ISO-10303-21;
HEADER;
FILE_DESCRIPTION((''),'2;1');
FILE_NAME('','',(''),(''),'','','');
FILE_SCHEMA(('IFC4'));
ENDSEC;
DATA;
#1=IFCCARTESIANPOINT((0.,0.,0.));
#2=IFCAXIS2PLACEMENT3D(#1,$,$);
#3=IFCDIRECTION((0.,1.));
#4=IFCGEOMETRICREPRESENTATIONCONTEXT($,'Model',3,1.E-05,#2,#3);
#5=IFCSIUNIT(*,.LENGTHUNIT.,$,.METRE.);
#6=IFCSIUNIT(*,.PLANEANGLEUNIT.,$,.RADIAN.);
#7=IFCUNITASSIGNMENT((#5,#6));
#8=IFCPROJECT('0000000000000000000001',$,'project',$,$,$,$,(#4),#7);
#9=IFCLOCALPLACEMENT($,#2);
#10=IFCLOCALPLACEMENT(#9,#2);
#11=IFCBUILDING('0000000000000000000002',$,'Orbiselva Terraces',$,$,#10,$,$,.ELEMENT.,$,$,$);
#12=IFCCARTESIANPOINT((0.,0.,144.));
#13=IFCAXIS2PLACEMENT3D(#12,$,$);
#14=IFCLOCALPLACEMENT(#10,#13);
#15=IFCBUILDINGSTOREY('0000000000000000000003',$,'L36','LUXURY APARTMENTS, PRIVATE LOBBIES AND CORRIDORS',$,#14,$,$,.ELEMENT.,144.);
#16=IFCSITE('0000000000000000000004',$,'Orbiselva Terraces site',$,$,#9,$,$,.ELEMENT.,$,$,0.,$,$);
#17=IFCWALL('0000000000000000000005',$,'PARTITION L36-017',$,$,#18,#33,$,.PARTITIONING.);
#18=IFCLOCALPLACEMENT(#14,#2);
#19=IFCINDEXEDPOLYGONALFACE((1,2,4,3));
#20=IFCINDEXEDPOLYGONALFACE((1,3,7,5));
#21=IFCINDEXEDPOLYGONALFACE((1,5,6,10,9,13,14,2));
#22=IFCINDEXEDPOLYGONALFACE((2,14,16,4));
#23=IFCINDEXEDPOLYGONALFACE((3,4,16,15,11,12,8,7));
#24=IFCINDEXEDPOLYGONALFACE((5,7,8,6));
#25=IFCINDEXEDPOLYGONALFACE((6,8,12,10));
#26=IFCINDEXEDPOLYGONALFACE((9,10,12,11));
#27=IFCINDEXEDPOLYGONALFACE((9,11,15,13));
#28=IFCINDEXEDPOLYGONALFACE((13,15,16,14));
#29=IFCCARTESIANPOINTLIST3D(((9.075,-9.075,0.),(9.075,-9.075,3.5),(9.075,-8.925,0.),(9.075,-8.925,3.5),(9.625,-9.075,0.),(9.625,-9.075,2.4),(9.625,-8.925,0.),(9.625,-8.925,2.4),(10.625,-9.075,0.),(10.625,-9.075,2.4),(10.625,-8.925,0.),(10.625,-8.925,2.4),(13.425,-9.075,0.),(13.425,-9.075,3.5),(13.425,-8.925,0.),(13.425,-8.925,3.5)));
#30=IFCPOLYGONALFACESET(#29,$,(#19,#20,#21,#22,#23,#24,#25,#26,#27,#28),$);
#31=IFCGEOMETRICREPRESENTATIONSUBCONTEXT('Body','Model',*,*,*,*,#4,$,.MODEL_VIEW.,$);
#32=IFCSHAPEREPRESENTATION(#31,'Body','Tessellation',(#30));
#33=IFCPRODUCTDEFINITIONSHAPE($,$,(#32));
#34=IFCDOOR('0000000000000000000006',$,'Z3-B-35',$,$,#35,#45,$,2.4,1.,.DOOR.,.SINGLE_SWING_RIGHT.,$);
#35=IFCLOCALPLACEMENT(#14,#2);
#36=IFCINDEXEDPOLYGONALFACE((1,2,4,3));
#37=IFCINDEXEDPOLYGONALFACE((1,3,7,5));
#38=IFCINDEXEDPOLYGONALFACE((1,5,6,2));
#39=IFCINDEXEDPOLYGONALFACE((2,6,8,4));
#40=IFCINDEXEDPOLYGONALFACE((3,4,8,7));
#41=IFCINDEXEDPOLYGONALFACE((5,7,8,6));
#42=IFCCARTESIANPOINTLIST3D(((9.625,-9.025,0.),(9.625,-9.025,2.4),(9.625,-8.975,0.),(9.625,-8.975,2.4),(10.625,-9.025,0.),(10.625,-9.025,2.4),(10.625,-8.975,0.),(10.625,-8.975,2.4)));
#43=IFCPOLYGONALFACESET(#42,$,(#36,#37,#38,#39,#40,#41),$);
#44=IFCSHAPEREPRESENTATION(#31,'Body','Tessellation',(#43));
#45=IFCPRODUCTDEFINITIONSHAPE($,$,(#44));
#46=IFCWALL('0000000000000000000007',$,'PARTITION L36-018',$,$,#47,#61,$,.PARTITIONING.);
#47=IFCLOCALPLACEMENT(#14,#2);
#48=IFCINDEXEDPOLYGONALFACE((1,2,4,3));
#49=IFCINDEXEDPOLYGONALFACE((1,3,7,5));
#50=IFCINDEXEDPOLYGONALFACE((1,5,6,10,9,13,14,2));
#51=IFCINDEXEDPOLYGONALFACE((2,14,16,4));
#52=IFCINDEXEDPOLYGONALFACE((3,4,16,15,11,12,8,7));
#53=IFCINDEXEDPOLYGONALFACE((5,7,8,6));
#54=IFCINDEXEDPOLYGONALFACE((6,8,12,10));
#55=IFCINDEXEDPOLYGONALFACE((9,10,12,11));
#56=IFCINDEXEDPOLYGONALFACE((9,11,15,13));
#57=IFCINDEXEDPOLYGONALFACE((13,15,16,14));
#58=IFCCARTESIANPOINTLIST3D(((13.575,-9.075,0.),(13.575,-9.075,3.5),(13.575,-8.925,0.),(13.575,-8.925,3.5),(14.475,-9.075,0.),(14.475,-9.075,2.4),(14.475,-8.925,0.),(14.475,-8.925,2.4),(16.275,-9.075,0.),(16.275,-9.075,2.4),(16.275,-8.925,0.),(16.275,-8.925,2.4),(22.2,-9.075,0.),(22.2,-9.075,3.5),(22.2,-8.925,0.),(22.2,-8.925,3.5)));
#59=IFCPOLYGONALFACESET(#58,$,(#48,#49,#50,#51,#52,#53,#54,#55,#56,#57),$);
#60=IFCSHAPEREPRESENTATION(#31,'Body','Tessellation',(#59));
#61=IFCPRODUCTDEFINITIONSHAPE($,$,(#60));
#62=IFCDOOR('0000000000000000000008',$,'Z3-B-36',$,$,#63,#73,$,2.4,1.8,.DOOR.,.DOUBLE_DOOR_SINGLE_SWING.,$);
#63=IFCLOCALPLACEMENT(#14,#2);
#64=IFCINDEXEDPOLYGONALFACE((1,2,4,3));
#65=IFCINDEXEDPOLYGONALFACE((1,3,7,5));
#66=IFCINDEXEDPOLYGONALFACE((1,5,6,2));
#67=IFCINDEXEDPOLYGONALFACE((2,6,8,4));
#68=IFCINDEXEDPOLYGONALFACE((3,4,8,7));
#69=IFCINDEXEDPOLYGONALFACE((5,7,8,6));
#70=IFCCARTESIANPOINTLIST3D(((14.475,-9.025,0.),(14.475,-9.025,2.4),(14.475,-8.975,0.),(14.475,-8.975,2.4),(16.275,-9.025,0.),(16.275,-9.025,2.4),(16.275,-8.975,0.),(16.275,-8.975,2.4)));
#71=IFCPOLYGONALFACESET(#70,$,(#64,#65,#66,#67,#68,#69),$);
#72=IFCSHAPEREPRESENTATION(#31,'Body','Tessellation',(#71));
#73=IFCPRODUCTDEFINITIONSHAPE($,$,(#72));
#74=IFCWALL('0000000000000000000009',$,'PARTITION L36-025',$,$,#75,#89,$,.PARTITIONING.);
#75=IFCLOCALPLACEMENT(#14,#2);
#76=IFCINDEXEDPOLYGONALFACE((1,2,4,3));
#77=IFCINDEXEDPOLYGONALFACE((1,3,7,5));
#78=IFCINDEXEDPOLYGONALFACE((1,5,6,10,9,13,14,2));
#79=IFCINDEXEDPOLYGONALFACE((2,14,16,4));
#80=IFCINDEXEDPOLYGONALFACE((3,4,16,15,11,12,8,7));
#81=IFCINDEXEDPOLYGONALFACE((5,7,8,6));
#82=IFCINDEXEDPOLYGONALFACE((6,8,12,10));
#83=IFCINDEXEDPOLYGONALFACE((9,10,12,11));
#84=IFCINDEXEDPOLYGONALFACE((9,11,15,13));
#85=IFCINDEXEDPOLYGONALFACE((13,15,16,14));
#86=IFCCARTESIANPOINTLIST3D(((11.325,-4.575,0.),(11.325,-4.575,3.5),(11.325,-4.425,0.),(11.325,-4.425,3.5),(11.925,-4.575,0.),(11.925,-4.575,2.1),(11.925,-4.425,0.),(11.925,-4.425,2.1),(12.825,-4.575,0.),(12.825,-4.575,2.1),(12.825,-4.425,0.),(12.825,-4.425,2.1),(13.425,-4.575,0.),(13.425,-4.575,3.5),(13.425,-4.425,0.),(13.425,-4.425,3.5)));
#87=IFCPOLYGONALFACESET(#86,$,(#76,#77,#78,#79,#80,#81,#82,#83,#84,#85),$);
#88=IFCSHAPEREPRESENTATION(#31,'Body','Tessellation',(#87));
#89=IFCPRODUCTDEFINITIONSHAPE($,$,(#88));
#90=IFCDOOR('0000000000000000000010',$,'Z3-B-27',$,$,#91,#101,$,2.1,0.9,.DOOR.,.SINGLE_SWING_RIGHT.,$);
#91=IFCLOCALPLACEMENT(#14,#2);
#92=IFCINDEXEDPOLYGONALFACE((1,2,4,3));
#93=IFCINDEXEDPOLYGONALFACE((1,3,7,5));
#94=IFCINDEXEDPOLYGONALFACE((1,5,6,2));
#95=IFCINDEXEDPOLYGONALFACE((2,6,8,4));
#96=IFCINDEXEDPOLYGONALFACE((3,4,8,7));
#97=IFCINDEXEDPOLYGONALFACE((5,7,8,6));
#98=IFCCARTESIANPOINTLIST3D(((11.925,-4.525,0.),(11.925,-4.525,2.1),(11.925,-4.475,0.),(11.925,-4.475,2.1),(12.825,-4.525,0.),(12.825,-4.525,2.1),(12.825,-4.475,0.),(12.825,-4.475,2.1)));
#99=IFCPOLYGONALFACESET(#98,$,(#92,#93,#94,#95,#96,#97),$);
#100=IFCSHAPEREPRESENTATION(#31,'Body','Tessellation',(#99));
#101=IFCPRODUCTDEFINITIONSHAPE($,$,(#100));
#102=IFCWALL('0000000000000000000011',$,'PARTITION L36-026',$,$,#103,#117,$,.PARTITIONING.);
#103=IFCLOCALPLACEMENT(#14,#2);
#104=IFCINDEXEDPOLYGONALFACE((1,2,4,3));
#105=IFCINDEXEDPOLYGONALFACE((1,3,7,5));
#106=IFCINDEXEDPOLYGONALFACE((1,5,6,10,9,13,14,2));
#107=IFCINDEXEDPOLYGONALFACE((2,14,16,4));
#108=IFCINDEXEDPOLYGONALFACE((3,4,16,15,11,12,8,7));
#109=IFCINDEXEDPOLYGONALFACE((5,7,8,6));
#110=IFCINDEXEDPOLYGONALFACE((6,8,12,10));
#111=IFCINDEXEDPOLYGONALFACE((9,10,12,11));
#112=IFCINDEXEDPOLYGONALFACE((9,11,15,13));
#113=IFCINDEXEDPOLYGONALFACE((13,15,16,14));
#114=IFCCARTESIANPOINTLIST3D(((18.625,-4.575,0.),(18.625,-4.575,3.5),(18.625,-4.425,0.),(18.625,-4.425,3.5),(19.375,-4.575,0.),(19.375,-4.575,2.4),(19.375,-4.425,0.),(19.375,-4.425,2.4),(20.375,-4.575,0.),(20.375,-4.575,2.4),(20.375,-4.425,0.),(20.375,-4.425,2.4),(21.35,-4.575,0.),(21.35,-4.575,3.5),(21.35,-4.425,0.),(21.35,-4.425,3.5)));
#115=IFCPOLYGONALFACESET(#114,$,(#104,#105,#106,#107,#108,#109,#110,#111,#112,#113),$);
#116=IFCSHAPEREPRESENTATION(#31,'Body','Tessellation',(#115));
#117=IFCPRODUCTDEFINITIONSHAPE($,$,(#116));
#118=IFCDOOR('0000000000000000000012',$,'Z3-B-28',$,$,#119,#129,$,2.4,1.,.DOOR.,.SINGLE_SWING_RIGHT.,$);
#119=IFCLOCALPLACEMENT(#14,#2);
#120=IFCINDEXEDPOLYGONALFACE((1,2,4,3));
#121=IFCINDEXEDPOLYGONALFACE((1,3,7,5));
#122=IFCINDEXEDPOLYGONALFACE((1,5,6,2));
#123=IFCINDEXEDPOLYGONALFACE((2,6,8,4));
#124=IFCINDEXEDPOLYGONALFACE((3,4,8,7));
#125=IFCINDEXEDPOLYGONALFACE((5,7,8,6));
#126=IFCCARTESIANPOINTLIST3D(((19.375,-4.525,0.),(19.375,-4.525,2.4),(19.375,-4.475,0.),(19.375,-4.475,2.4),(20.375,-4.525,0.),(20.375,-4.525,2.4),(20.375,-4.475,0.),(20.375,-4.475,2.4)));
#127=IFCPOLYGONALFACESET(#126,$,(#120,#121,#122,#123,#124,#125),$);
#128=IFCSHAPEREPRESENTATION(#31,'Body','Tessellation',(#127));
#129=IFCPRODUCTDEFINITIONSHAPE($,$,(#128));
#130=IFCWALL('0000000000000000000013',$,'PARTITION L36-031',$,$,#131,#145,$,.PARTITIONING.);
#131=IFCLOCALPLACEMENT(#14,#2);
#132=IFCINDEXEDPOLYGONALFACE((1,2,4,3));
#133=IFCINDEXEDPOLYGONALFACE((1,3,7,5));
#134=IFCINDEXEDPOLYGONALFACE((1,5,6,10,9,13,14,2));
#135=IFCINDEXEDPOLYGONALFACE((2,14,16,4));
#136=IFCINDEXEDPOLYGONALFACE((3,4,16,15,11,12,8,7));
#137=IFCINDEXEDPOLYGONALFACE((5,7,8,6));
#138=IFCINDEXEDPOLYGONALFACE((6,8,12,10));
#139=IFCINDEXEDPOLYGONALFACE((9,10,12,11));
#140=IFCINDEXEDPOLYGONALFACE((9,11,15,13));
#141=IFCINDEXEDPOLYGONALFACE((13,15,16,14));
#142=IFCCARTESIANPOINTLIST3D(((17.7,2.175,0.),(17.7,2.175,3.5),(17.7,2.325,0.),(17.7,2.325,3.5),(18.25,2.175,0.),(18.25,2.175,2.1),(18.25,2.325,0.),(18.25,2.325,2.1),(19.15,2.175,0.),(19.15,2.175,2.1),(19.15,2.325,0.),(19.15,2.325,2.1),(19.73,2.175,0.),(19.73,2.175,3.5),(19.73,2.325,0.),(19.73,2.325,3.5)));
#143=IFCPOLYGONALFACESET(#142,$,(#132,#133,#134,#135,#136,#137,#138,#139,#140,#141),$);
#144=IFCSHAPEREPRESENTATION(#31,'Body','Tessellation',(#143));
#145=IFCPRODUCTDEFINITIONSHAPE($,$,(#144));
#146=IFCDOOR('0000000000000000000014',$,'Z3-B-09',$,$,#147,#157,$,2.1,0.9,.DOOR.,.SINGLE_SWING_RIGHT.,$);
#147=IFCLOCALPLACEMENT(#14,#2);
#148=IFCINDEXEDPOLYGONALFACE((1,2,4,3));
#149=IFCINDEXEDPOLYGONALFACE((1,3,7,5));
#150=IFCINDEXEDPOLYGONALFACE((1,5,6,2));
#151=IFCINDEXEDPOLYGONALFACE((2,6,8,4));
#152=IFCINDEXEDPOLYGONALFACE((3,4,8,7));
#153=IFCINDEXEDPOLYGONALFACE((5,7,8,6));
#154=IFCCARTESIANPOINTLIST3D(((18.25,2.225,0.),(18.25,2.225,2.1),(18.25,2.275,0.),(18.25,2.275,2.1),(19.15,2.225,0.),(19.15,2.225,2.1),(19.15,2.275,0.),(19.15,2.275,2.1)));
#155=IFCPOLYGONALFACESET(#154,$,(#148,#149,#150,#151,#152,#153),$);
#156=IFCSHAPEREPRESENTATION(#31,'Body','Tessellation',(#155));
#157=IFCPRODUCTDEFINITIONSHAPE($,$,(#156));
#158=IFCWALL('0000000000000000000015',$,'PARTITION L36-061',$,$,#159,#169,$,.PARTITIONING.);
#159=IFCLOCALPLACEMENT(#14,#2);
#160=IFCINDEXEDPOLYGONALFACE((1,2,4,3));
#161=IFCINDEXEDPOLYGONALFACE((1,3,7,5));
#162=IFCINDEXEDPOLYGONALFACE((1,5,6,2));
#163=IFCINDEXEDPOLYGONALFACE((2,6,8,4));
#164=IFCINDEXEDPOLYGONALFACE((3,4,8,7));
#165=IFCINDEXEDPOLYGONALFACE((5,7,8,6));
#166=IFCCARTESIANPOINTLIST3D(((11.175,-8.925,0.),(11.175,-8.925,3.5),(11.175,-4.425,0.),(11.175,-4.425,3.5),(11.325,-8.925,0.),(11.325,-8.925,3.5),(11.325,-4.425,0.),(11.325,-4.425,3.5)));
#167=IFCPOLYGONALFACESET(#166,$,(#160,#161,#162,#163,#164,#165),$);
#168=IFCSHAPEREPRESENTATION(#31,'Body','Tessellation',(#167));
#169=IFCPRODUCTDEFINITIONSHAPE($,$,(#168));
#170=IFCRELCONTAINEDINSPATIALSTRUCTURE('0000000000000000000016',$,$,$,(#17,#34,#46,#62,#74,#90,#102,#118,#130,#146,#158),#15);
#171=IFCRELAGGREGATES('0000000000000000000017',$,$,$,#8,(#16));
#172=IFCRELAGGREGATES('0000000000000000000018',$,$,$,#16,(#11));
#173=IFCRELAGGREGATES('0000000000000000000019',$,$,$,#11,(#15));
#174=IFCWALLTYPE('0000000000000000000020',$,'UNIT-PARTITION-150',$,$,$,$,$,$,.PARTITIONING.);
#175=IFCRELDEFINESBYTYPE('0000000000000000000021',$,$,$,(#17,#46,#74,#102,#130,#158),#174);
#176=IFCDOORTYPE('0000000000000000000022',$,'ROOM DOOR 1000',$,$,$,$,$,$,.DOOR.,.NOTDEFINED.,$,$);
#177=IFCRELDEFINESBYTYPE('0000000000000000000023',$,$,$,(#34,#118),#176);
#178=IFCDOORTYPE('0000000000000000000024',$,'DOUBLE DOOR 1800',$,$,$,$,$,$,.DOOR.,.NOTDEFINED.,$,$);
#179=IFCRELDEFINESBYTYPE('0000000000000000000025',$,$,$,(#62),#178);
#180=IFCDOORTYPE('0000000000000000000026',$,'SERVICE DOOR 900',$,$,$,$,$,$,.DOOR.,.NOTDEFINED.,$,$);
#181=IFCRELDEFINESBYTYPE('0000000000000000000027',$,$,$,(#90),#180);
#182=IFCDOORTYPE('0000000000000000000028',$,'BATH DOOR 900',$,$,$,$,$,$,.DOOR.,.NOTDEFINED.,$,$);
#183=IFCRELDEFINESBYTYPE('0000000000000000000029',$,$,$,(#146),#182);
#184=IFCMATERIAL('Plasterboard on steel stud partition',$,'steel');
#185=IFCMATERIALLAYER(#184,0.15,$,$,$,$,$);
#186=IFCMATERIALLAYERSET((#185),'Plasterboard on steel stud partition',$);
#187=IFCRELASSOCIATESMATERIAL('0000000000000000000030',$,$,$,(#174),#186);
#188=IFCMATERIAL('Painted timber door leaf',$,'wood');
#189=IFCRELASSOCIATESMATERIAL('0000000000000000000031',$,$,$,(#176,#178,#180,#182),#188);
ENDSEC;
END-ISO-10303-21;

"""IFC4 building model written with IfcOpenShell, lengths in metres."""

from ifc_helpers import new_model, si_unit, direction, frame, frame_2d, origin, place, context, subcontext, project, spatial, rectangle, extrude, material, layer, layer_set, type_object, element, fill, save


model = new_model("IFC4")

# Units and contexts
model_context = context("Model", 3, precision=1e-05, world=origin(), true_north=direction((0.0, 1.0)))
body_context = subcontext(model_context, "Body", "Model", "MODEL_VIEW")
ifc_project = project(units=[si_unit("LENGTHUNIT", "METRE"), si_unit("PLANEANGLEUNIT", "RADIAN")], contexts=[model_context])

# Site, building, storey
site_placement = place(None, origin())
site = spatial("IfcSite", under=ifc_project, at=site_placement, Name="Orbiselva Terraces site", CompositionType="ELEMENT", RefElevation=0.0)
building_placement = place(site_placement, origin())
building = spatial("IfcBuilding", under=site, at=building_placement, Name="Orbiselva Terraces", CompositionType="ELEMENT")
storey_placement = place(building_placement, frame((0.0, 0.0, 144.0)))
storey = spatial("IfcBuildingStorey", under=building, at=storey_placement, Name="L36", Description="LUXURY APARTMENTS, PRIVATE LOBBIES AND CORRIDORS", CompositionType="ELEMENT", Elevation=144.0)

# Shared definitions
ifc_material_1 = material(Name="Plasterboard on steel stud partition", Category="steel")
ifc_material_2 = material(Name="Painted timber door leaf", Category="wood")

# Walls, openings, doors
ifc_layer_1 = layer(ifc_material_1, 0.15)
ifc_layer_set_1 = layer_set([ifc_layer_1], Name="Plasterboard on steel stud partition")
wall_type_1 = type_object("IfcWallType", Name="UNIT-PARTITION-150", PredefinedType="PARTITIONING", material=ifc_layer_set_1)
wall_1_placement = place(storey_placement, frame((13.425, -9.0, 0.0), z_axis=(0.0, 0.0, 1.0), x_axis=(-1.0, 0.0, 0.0)))
wall_1 = element("IfcWall", 1, at=wall_1_placement, inside=storey, type_object=wall_type_1, Name="PARTITION L36-017", PredefinedType="PARTITIONING", context=body_context, shape_type="SweptSolid", body=[
    extrude(rectangle(XDim=4.35, YDim=0.15, at=frame_2d((2.175, 0.0))), origin(), (0.0, 0.0, 1.0), 3.5),
])
opening_1_placement = place(wall_1_placement, frame((2.8, 0.0, 0.0)))
opening_1 = element("IfcOpeningElement", 2, at=opening_1_placement, cuts=wall_1, PredefinedType="OPENING", context=body_context, shape_type="SweptSolid", body=[
    extrude(rectangle(XDim=1.0, YDim=2.4, at=frame_2d((0.5, 1.2))), frame((0.0, 0.085, 0.0), z_axis=(0.0, -1.0, 0.0), x_axis=(1.0, 0.0, 0.0)), (0.0, 0.0, 1.0), 0.17),
])
door_type_1 = type_object("IfcDoorType", Name="ROOM DOOR 1000", OperationType="NOTDEFINED", PredefinedType="DOOR", material=ifc_material_2)
door_1_placement = place(opening_1_placement, origin())
door_1 = element("IfcDoor", 3, at=door_1_placement, inside=storey, type_object=door_type_1, Name="Z3-B-35", OperationType="SINGLE_SWING_RIGHT", OverallHeight=2.4, OverallWidth=1.0, PredefinedType="DOOR", context=body_context, shape_type="SweptSolid", body=[
    extrude(rectangle(XDim=1.0, YDim=2.4, at=frame_2d((0.5, 1.2))), frame((0.0, 0.025, 0.0), z_axis=(0.0, -1.0, 0.0), x_axis=(1.0, 0.0, 0.0)), (0.0, 0.0, 1.0), 0.05),
])
fill(opening_1, door_1)
wall_2_placement = place(storey_placement, frame((22.2, -9.0, 0.0), z_axis=(0.0, 0.0, 1.0), x_axis=(-1.0, 0.0, 0.0)))
wall_2 = element("IfcWall", 4, at=wall_2_placement, inside=storey, type_object=wall_type_1, Name="PARTITION L36-018", PredefinedType="PARTITIONING", context=body_context, shape_type="SweptSolid", body=[
    extrude(rectangle(XDim=8.625, YDim=0.15, at=frame_2d((4.3125, 0.0))), origin(), (0.0, 0.0, 1.0), 3.5),
])
opening_2_placement = place(wall_2_placement, frame((5.925, 0.0, 0.0)))
opening_2 = element("IfcOpeningElement", 5, at=opening_2_placement, cuts=wall_2, PredefinedType="OPENING", context=body_context, shape_type="SweptSolid", body=[
    extrude(rectangle(XDim=1.8, YDim=2.4, at=frame_2d((0.9, 1.2))), frame((0.0, 0.085, 0.0), z_axis=(0.0, -1.0, 0.0), x_axis=(1.0, 0.0, 0.0)), (0.0, 0.0, 1.0), 0.17),
])
door_type_2 = type_object("IfcDoorType", Name="DOUBLE DOOR 1800", OperationType="NOTDEFINED", PredefinedType="DOOR", material=ifc_material_2)
door_2_placement = place(opening_2_placement, origin())
door_2 = element("IfcDoor", 6, at=door_2_placement, inside=storey, type_object=door_type_2, Name="Z3-B-36", OperationType="DOUBLE_DOOR_SINGLE_SWING", OverallHeight=2.4, OverallWidth=1.8, PredefinedType="DOOR", context=body_context, shape_type="SweptSolid", body=[
    extrude(rectangle(XDim=1.8, YDim=2.4, at=frame_2d((0.9, 1.2))), frame((0.0, 0.025, 0.0), z_axis=(0.0, -1.0, 0.0), x_axis=(1.0, 0.0, 0.0)), (0.0, 0.0, 1.0), 0.05),
])
fill(opening_2, door_2)
wall_3_placement = place(storey_placement, frame((13.425, -4.5, 0.0), z_axis=(0.0, 0.0, 1.0), x_axis=(-1.0, 0.0, 0.0)))
wall_3 = element("IfcWall", 7, at=wall_3_placement, inside=storey, type_object=wall_type_1, Name="PARTITION L36-025", PredefinedType="PARTITIONING", context=body_context, shape_type="SweptSolid", body=[
    extrude(rectangle(XDim=2.1, YDim=0.15, at=frame_2d((1.05, 0.0))), origin(), (0.0, 0.0, 1.0), 3.5),
])
opening_3_placement = place(wall_3_placement, frame((0.6, 0.0, 0.0)))
opening_3 = element("IfcOpeningElement", 8, at=opening_3_placement, cuts=wall_3, PredefinedType="OPENING", context=body_context, shape_type="SweptSolid", body=[
    extrude(rectangle(XDim=0.9, YDim=2.1, at=frame_2d((0.45, 1.05))), frame((0.0, 0.085, 0.0), z_axis=(0.0, -1.0, 0.0), x_axis=(1.0, 0.0, 0.0)), (0.0, 0.0, 1.0), 0.17),
])
door_type_3 = type_object("IfcDoorType", Name="SERVICE DOOR 900", OperationType="NOTDEFINED", PredefinedType="DOOR", material=ifc_material_2)
door_3_placement = place(opening_3_placement, origin())
door_3 = element("IfcDoor", 9, at=door_3_placement, inside=storey, type_object=door_type_3, Name="Z3-B-27", OperationType="SINGLE_SWING_RIGHT", OverallHeight=2.1, OverallWidth=0.9, PredefinedType="DOOR", context=body_context, shape_type="SweptSolid", body=[
    extrude(rectangle(XDim=0.9, YDim=2.1, at=frame_2d((0.45, 1.05))), frame((0.0, 0.025, 0.0), z_axis=(0.0, -1.0, 0.0), x_axis=(1.0, 0.0, 0.0)), (0.0, 0.0, 1.0), 0.05),
])
fill(opening_3, door_3)
wall_4_placement = place(storey_placement, frame((21.35, -4.5, 0.0), z_axis=(0.0, 0.0, 1.0), x_axis=(-1.0, 0.0, 0.0)))
wall_4 = element("IfcWall", 10, at=wall_4_placement, inside=storey, type_object=wall_type_1, Name="PARTITION L36-026", PredefinedType="PARTITIONING", context=body_context, shape_type="SweptSolid", body=[
    extrude(rectangle(XDim=2.725, YDim=0.15, at=frame_2d((1.3625, 0.0))), origin(), (0.0, 0.0, 1.0), 3.5),
])
opening_4_placement = place(wall_4_placement, frame((0.975, 0.0, 0.0)))
opening_4 = element("IfcOpeningElement", 11, at=opening_4_placement, cuts=wall_4, PredefinedType="OPENING", context=body_context, shape_type="SweptSolid", body=[
    extrude(rectangle(XDim=1.0, YDim=2.4, at=frame_2d((0.5, 1.2))), frame((0.0, 0.085, 0.0), z_axis=(0.0, -1.0, 0.0), x_axis=(1.0, 0.0, 0.0)), (0.0, 0.0, 1.0), 0.17),
])
door_4_placement = place(opening_4_placement, origin())
door_4 = element("IfcDoor", 12, at=door_4_placement, inside=storey, type_object=door_type_1, Name="Z3-B-28", OperationType="SINGLE_SWING_RIGHT", OverallHeight=2.4, OverallWidth=1.0, PredefinedType="DOOR", context=body_context, shape_type="SweptSolid", body=[
    extrude(rectangle(XDim=1.0, YDim=2.4, at=frame_2d((0.5, 1.2))), frame((0.0, 0.025, 0.0), z_axis=(0.0, -1.0, 0.0), x_axis=(1.0, 0.0, 0.0)), (0.0, 0.0, 1.0), 0.05),
])
fill(opening_4, door_4)
wall_5_placement = place(storey_placement, frame((19.73, 2.25, 0.0), z_axis=(0.0, 0.0, 1.0), x_axis=(-1.0, 0.0, 0.0)))
wall_5 = element("IfcWall", 13, at=wall_5_placement, inside=storey, type_object=wall_type_1, Name="PARTITION L36-031", PredefinedType="PARTITIONING", context=body_context, shape_type="SweptSolid", body=[
    extrude(rectangle(XDim=2.03, YDim=0.15, at=frame_2d((1.015, 0.0))), origin(), (0.0, 0.0, 1.0), 3.5),
])
opening_5_placement = place(wall_5_placement, frame((0.58, 0.0, 0.0)))
opening_5 = element("IfcOpeningElement", 14, at=opening_5_placement, cuts=wall_5, PredefinedType="OPENING", context=body_context, shape_type="SweptSolid", body=[
    extrude(rectangle(XDim=0.9, YDim=2.1, at=frame_2d((0.45, 1.05))), frame((0.0, 0.085, 0.0), z_axis=(0.0, -1.0, 0.0), x_axis=(1.0, 0.0, 0.0)), (0.0, 0.0, 1.0), 0.17),
])
door_type_4 = type_object("IfcDoorType", Name="BATH DOOR 900", OperationType="NOTDEFINED", PredefinedType="DOOR", material=ifc_material_2)
door_5_placement = place(opening_5_placement, origin())
door_5 = element("IfcDoor", 15, at=door_5_placement, inside=storey, type_object=door_type_4, Name="Z3-B-09", OperationType="SINGLE_SWING_RIGHT", OverallHeight=2.1, OverallWidth=0.9, PredefinedType="DOOR", context=body_context, shape_type="SweptSolid", body=[
    extrude(rectangle(XDim=0.9, YDim=2.1, at=frame_2d((0.45, 1.05))), frame((0.0, 0.025, 0.0), z_axis=(0.0, -1.0, 0.0), x_axis=(1.0, 0.0, 0.0)), (0.0, 0.0, 1.0), 0.05),
])
fill(opening_5, door_5)

# Wall
for number, where, z_axis, x_axis, name in (
    (16, (11.25, -8.925, 0.0), (0.0, 0.0, 1.0), (0.0, 1.0, 0.0), "PARTITION L36-061"),
):
    element("IfcWall", number, at=place(storey_placement, frame(where, z_axis=z_axis, x_axis=x_axis)), inside=storey, type_object=wall_type_1, Name=name, PredefinedType="PARTITIONING", context=body_context, shape_type="SweptSolid", body=[
        extrude(rectangle(XDim=4.5, YDim=0.15, at=frame_2d((2.25, 0.0))), origin(), (0.0, 0.0, 1.0), 3.5),
    ])

save(model, "model.ifc")
